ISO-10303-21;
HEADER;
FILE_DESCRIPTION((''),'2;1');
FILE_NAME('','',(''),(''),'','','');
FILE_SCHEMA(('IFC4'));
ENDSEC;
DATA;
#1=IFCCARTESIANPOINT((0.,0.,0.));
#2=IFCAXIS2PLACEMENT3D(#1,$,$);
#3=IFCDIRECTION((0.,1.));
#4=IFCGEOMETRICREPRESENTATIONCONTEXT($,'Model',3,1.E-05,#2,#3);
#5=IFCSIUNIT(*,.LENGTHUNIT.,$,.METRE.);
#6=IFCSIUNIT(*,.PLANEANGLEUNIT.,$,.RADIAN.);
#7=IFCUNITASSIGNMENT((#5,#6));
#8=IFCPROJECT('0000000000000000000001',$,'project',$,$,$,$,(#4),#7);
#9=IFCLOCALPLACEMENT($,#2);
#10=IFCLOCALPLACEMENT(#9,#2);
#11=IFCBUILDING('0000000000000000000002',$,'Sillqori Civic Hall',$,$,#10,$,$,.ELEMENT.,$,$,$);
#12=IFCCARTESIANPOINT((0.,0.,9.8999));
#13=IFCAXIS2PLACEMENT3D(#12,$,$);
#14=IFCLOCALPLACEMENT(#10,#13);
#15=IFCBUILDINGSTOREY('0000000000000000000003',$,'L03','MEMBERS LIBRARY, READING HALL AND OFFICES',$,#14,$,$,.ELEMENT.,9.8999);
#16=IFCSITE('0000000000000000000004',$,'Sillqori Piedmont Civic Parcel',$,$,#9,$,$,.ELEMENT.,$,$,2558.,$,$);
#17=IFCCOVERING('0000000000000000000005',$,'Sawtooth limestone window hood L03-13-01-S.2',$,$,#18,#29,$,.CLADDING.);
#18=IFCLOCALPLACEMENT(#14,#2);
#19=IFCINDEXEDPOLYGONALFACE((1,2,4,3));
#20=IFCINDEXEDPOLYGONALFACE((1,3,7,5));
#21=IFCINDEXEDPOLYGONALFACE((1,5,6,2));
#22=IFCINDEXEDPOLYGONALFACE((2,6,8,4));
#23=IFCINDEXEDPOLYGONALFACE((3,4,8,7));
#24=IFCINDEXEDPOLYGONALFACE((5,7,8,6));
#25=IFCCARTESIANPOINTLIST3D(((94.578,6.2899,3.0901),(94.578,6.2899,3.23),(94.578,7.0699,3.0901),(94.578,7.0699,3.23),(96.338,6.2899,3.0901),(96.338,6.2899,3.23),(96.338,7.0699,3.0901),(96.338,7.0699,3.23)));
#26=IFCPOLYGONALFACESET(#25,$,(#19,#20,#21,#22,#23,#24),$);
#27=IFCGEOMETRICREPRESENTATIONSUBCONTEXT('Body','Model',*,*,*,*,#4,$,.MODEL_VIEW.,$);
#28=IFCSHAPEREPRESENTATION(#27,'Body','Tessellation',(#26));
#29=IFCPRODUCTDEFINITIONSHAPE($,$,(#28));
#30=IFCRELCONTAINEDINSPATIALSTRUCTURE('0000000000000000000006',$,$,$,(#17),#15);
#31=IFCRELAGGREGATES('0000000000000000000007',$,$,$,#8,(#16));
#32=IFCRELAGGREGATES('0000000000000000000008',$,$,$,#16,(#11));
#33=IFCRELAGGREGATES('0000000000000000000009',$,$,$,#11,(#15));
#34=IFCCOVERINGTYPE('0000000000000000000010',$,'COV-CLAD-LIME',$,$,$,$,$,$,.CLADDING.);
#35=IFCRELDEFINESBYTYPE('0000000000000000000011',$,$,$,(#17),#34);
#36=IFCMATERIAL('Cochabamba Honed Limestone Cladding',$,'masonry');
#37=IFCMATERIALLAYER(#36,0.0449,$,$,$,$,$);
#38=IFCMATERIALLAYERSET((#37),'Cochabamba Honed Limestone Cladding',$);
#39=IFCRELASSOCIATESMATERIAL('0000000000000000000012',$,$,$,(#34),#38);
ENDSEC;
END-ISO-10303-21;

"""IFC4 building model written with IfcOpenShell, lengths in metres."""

from ifc_helpers import new_model, si_unit, direction, frame, frame_2d, origin, place, context, subcontext, project, spatial, rectangle, extrude, material, layer, layer_set, type_object, element, save


model = new_model("IFC4")

# Units and contexts
model_context = context("Model", 3, precision=1e-05, world=origin(), true_north=direction((0.0, 1.0)))
body_context = subcontext(model_context, "Body", "Model", "MODEL_VIEW")
ifc_project = project(units=[si_unit("LENGTHUNIT", "METRE"), si_unit("PLANEANGLEUNIT", "RADIAN")], contexts=[model_context])

# Site, building, storey
site_placement = place(None, origin())
site = spatial("IfcSite", under=ifc_project, at=site_placement, Name="Sillqori Piedmont Civic Parcel", CompositionType="ELEMENT", RefElevation=2558.0)
building_placement = place(site_placement, origin())
building = spatial("IfcBuilding", under=site, at=building_placement, Name="Sillqori Civic Hall", CompositionType="ELEMENT")
storey_placement = place(building_placement, frame((0.0, 0.0, 9.8999)))
storey = spatial("IfcBuildingStorey", under=building, at=storey_placement, Name="L03", Description="MEMBERS LIBRARY, READING HALL AND OFFICES", CompositionType="ELEMENT", Elevation=9.8999)

# Covering
ifc_material_1 = material(Name="Cochabamba Honed Limestone Cladding", Category="masonry")
ifc_layer_1 = layer(ifc_material_1, 0.0449)
ifc_layer_set_1 = layer_set([ifc_layer_1], Name="Cochabamba Honed Limestone Cladding")
covering_type = type_object("IfcCoveringType", Name="COV-CLAD-LIME", PredefinedType="CLADDING", material=ifc_layer_set_1)
covering_1_placement = place(storey_placement, frame((96.3379, 6.6799, 3.0901), z_axis=(0.0, 0.0, 1.0), x_axis=(-1.0, 0.0, 0.0)))
element("IfcCovering", 1, at=covering_1_placement, inside=storey, type_object=covering_type, Name="Sawtooth limestone window hood L03-13-01-S.2", PredefinedType="CLADDING", context=body_context, shape_type="SweptSolid", body=[
    extrude(rectangle(XDim=1.76, YDim=0.78, at=frame_2d((0.8799, 0.0))), origin(), (0.0, 0.0, 1.0), 0.1399),
])

save(model, "model.ifc")
